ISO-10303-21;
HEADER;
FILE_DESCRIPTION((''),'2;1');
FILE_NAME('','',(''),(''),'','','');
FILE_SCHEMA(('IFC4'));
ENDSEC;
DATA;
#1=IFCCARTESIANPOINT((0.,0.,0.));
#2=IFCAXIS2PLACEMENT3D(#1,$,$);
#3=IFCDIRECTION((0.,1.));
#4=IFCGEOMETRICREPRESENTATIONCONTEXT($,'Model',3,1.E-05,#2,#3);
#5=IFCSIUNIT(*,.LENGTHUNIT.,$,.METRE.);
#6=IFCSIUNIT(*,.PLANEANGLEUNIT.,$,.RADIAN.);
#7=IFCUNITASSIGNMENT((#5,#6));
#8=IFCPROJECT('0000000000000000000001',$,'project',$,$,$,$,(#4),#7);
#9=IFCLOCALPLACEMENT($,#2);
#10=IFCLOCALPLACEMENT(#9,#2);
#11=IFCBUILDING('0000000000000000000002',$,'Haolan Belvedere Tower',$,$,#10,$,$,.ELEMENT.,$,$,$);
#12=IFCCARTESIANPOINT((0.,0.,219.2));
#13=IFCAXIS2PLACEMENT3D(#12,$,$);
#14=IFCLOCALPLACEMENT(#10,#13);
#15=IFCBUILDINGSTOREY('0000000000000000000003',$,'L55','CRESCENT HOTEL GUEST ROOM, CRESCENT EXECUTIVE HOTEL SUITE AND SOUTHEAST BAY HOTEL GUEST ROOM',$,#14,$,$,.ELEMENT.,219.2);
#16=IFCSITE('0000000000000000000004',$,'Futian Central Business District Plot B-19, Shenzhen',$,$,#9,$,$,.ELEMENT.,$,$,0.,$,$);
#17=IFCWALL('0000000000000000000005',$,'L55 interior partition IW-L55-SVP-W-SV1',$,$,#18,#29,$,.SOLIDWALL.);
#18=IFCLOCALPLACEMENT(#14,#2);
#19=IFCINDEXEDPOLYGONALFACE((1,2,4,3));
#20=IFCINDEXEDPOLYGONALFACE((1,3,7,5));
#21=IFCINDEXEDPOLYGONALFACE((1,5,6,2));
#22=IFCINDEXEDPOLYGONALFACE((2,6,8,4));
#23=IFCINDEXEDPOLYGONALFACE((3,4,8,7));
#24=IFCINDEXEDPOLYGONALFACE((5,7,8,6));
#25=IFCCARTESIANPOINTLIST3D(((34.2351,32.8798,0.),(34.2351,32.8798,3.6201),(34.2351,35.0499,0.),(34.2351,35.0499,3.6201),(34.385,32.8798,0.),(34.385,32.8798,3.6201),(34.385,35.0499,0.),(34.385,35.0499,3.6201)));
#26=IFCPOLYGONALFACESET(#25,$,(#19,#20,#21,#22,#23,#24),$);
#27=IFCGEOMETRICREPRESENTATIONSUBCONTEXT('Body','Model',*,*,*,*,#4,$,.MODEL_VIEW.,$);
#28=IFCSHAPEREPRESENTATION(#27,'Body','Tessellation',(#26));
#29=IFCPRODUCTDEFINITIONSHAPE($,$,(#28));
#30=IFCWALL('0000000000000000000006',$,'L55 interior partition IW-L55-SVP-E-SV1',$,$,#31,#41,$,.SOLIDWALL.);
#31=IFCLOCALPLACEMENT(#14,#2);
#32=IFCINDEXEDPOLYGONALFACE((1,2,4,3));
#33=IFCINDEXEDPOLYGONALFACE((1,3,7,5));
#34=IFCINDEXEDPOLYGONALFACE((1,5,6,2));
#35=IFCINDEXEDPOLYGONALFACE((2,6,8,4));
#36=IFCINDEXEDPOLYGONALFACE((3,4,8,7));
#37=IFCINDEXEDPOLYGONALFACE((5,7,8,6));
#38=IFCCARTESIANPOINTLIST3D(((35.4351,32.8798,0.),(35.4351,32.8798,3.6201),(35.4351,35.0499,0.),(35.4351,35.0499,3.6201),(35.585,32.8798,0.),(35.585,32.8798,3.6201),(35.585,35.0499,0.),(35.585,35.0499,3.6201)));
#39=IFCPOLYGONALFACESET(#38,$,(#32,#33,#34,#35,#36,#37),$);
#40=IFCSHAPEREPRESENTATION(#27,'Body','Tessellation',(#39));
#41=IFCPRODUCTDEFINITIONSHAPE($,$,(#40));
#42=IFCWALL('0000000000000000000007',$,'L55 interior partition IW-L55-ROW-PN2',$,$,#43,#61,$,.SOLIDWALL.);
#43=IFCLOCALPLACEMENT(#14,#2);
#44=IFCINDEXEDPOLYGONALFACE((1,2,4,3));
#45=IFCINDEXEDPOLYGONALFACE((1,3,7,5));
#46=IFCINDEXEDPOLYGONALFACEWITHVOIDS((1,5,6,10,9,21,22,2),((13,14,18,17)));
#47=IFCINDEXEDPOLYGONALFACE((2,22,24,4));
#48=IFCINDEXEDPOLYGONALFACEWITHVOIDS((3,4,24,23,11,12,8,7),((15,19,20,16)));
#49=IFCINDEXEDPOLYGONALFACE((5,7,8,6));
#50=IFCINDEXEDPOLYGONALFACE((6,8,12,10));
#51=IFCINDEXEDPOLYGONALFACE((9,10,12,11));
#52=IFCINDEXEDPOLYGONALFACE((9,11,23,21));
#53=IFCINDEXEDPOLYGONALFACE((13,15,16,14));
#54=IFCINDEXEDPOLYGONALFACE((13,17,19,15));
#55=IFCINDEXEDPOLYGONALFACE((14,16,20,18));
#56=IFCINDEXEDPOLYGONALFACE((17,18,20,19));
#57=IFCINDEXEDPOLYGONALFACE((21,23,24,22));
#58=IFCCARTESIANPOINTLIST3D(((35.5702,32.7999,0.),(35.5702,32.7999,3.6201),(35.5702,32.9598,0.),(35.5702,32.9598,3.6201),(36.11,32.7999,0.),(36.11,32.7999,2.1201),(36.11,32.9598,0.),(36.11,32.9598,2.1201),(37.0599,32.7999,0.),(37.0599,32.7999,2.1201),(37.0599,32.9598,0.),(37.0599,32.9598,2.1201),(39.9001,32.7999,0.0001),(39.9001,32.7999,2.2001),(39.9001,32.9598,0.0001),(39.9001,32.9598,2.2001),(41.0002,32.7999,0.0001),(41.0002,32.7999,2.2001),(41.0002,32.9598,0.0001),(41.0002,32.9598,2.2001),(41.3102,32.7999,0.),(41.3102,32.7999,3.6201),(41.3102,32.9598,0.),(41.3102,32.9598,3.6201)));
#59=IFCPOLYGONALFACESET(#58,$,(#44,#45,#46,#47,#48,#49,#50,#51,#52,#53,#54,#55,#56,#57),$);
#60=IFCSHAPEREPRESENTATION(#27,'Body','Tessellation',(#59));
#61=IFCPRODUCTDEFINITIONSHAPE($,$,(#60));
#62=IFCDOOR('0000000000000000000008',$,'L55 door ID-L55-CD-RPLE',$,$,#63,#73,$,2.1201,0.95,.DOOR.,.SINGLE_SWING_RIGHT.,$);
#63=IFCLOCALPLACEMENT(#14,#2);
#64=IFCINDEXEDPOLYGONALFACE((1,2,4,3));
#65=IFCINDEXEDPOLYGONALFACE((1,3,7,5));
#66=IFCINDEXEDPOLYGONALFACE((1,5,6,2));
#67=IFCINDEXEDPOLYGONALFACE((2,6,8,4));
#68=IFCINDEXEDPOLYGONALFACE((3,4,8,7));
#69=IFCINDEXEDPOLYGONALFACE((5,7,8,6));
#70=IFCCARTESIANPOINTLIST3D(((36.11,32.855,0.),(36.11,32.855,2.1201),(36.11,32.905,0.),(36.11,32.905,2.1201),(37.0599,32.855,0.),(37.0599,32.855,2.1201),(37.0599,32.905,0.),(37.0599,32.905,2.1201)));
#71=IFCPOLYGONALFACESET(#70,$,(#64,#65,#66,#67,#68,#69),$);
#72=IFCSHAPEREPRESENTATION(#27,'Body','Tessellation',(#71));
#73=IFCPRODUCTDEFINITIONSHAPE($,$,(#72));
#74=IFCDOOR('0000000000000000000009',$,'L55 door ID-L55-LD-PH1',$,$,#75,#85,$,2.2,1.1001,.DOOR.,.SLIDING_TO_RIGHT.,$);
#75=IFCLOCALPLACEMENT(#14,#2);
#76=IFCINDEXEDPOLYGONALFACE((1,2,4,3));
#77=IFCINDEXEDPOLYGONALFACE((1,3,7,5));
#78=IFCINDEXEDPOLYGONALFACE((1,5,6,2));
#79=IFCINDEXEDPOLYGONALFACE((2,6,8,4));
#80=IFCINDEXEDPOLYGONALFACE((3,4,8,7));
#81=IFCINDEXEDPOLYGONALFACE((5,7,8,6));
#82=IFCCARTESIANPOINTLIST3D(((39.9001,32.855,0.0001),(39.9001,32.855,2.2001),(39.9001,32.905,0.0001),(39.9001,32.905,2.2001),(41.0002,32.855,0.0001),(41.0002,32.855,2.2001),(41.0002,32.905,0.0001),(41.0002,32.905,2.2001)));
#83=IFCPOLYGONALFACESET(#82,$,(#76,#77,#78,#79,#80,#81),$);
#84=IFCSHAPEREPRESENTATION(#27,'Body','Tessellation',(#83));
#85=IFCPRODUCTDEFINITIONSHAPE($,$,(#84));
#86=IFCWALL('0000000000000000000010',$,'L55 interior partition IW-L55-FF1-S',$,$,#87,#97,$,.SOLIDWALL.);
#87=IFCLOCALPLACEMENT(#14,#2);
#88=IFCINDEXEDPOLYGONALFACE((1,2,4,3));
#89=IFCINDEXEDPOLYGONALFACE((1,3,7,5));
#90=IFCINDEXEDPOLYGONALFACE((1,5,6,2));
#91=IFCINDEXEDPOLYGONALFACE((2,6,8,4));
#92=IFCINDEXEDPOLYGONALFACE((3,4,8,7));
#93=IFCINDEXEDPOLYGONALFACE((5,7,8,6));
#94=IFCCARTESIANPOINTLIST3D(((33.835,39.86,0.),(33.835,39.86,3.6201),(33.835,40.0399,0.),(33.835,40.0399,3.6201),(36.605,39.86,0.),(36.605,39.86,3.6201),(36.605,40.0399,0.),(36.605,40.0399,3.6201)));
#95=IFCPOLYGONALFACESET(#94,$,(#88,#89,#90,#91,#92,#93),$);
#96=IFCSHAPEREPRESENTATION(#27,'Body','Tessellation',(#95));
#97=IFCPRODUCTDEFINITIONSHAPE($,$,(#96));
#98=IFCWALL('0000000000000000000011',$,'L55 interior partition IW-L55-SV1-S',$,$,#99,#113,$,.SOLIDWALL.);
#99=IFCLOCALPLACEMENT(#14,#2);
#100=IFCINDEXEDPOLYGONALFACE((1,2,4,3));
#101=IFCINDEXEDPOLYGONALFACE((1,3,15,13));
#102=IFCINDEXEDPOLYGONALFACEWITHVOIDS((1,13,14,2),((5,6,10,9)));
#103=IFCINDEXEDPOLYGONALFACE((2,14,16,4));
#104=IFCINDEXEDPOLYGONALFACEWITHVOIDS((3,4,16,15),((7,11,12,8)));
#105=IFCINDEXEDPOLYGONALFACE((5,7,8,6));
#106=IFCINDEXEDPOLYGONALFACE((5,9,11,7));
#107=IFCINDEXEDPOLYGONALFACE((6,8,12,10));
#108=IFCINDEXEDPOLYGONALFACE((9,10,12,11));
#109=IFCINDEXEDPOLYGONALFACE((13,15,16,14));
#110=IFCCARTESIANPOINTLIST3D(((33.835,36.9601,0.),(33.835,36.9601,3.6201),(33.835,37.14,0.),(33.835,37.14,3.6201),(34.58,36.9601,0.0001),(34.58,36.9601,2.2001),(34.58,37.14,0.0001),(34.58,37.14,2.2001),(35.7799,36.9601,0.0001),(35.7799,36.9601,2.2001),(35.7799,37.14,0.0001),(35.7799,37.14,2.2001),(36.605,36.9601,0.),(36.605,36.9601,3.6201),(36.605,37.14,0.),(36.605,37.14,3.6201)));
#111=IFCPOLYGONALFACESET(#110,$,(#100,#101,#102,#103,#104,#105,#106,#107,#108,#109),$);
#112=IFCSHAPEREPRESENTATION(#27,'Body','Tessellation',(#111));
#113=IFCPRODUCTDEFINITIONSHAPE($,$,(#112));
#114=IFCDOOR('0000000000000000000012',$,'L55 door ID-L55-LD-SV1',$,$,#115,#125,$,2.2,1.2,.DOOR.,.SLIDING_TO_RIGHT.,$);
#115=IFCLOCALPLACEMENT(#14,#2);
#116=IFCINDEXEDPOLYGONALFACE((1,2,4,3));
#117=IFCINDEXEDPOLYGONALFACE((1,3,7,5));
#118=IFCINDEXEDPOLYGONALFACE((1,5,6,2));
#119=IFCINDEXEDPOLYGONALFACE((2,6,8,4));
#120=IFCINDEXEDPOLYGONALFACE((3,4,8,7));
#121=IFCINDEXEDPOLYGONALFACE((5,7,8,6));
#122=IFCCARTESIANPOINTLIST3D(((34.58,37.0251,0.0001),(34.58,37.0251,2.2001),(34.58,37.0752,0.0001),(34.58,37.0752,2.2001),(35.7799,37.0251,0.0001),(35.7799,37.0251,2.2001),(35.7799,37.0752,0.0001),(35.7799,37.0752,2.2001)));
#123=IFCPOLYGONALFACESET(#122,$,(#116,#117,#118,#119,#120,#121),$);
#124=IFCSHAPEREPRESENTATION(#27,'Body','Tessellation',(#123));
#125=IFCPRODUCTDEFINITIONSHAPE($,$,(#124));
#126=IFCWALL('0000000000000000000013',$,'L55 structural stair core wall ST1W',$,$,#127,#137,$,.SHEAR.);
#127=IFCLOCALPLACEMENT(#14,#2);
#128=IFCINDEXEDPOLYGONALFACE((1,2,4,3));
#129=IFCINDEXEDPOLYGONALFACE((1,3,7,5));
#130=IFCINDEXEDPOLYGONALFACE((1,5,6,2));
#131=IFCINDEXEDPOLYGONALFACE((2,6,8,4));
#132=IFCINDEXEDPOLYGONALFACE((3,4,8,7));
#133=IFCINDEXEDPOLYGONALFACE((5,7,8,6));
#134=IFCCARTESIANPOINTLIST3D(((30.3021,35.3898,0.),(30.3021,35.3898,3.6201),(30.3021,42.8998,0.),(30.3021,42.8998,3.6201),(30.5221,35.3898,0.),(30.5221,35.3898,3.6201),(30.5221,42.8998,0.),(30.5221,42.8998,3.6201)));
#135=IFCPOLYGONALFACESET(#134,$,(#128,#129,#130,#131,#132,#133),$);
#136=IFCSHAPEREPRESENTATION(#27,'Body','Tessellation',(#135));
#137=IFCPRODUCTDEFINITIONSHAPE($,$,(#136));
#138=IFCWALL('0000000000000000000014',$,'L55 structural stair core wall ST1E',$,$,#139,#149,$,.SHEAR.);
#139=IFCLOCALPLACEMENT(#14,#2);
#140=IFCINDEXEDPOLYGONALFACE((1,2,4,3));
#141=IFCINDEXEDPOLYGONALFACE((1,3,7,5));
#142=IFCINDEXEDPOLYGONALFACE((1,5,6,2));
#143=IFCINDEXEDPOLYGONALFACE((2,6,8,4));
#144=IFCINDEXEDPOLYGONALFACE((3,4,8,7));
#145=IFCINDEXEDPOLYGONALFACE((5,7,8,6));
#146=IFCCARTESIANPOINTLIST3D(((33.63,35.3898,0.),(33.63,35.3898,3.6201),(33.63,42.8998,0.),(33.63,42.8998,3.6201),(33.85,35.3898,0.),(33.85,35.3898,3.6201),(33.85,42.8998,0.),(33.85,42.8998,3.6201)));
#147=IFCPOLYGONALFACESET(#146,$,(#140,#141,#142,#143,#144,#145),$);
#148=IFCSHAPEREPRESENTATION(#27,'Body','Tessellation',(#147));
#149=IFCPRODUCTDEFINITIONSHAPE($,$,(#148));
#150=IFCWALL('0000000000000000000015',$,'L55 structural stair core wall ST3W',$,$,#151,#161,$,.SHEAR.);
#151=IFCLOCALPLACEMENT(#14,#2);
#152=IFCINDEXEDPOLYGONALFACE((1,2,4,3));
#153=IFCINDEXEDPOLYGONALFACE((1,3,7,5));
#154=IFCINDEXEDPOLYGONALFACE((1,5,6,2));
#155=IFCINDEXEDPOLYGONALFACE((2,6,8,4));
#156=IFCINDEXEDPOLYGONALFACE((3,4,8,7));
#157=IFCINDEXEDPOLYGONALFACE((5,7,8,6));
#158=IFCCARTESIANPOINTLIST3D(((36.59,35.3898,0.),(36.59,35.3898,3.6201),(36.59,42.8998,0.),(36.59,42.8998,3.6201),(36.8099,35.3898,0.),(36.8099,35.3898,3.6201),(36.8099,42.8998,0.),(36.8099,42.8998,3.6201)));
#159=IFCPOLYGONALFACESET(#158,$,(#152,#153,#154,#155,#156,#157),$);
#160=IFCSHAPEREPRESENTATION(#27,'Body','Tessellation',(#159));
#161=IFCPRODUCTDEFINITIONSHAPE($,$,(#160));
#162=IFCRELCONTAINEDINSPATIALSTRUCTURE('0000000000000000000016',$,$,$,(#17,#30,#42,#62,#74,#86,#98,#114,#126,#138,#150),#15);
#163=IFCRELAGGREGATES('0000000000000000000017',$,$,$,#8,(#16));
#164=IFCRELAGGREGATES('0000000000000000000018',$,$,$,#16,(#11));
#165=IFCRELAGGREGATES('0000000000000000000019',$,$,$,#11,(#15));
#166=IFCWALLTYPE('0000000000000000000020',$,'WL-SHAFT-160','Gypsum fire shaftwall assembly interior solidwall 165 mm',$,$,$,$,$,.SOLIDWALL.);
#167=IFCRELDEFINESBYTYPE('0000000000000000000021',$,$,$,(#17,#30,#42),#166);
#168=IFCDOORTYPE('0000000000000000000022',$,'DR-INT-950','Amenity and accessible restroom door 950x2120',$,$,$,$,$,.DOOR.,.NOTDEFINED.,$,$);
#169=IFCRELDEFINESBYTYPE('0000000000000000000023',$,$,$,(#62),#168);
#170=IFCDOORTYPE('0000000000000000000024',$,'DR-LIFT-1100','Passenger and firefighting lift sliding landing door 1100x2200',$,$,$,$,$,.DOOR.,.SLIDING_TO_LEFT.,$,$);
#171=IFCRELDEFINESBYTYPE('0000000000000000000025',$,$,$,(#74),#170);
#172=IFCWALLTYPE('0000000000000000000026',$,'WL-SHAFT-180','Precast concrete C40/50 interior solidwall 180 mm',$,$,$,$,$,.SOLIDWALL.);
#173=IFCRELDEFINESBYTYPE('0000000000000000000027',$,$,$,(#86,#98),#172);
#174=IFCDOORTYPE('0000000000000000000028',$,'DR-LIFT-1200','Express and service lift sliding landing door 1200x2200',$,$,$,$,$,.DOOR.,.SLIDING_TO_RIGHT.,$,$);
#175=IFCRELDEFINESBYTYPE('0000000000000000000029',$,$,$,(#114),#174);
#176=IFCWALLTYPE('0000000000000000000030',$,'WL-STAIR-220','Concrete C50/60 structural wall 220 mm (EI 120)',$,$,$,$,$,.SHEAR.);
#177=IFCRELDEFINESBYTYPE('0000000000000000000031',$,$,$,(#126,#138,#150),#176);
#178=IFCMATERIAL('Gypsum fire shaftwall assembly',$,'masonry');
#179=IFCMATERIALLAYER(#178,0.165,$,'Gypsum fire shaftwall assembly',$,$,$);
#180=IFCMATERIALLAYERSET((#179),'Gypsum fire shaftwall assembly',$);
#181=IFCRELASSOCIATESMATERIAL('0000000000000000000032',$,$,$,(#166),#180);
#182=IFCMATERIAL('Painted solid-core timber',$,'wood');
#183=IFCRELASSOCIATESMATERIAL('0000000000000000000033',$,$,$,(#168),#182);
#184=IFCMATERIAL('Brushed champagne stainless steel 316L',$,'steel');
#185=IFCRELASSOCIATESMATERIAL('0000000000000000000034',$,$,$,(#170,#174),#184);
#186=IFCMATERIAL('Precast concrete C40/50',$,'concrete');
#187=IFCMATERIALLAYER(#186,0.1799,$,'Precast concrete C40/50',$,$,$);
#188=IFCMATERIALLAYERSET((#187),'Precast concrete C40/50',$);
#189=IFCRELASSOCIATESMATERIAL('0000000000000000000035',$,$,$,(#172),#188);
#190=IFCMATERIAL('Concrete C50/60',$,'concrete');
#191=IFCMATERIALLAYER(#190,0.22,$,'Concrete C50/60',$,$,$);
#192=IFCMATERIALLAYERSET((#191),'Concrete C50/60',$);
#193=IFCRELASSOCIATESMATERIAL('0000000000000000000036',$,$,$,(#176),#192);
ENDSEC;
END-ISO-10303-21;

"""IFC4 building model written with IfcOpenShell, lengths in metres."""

from ifc_helpers import new_model, si_unit, direction, frame, frame_2d, origin, place, context, subcontext, project, spatial, rectangle, extrude, material, layer, layer_set, type_object, element, fill, save


model = new_model("IFC4")

# Units and contexts
model_context = context("Model", 3, precision=1e-05, world=origin(), true_north=direction((0.0, 1.0)))
body_context = subcontext(model_context, "Body", "Model", "MODEL_VIEW")
ifc_project = project(units=[si_unit("LENGTHUNIT", "METRE"), si_unit("PLANEANGLEUNIT", "RADIAN")], contexts=[model_context])

# Site, building, storey
site_placement = place(None, origin())
site = spatial("IfcSite", under=ifc_project, at=site_placement, Name="Futian Central Business District Plot B-19, Shenzhen", CompositionType="ELEMENT", RefElevation=0.0)
building_placement = place(site_placement, origin())
building = spatial("IfcBuilding", under=site, at=building_placement, Name="Haolan Belvedere Tower", CompositionType="ELEMENT")
storey_placement = place(building_placement, frame((0.0, 0.0, 219.2)))
storey = spatial("IfcBuildingStorey", under=building, at=storey_placement, Name="L55", Description="CRESCENT HOTEL GUEST ROOM, CRESCENT EXECUTIVE HOTEL SUITE AND SOUTHEAST BAY HOTEL GUEST ROOM", CompositionType="ELEMENT", Elevation=219.2)

# Walls
ifc_material_1 = material(Name="Gypsum fire shaftwall assembly", Category="masonry")
ifc_layer_1 = layer(ifc_material_1, 0.165, Name="Gypsum fire shaftwall assembly")
ifc_layer_set_1 = layer_set([ifc_layer_1], Name="Gypsum fire shaftwall assembly")
wall_type_1 = type_object("IfcWallType", Name="WL-SHAFT-160", Description="Gypsum fire shaftwall assembly interior solidwall 165 mm", PredefinedType="SOLIDWALL", material=ifc_layer_set_1)
for number, where, z_axis, x_axis, name in (
    (1, (34.3101, 32.8799, 0.0), (0.0, 0.0, 1.0), (0.0, 1.0, 0.0), "L55 interior partition IW-L55-SVP-W-SV1"),
    (2, (35.51, 32.8799, 0.0), (0.0, 0.0, 1.0), (0.0, 1.0, 0.0), "L55 interior partition IW-L55-SVP-E-SV1"),
):
    element("IfcWall", number, at=place(storey_placement, frame(where, z_axis=z_axis, x_axis=x_axis)), inside=storey, type_object=wall_type_1, Name=name, PredefinedType="SOLIDWALL", context=body_context, shape_type="SweptSolid", body=[
        extrude(rectangle(XDim=2.1702, YDim=0.1499, at=frame_2d((1.085, 0.0))), origin(), (0.0, 0.0, 1.0), 3.6201),
    ])

# Wall, openings, doors
wall_1_placement = place(storey_placement, frame((35.5701, 32.8799, 0.0), z_axis=(0.0, 0.0, 1.0), x_axis=(1.0, 0.0, 0.0)))
wall_1 = element("IfcWall", 3, at=wall_1_placement, inside=storey, type_object=wall_type_1, Name="L55 interior partition IW-L55-ROW-PN2", PredefinedType="SOLIDWALL", context=body_context, shape_type="SweptSolid", body=[
    extrude(rectangle(XDim=5.74, YDim=0.1599, at=frame_2d((2.8701, 0.0))), origin(), (0.0, 0.0, 1.0), 3.6201),
])
opening_1_placement = place(wall_1_placement, frame((1.49, 0.0, 0.0), z_axis=(0.0, 0.0, 1.0), x_axis=(-1.0, 0.0, 0.0)))
opening_1 = element("IfcOpeningElement", 4, at=opening_1_placement, cuts=wall_1, PredefinedType="OPENING", context=body_context, shape_type="SweptSolid", body=[
    extrude(rectangle(XDim=0.95, YDim=2.1201, at=frame_2d((0.4751, 1.0601))), frame((0.0, 0.0898, 0.0), z_axis=(0.0, -1.0, 0.0), x_axis=(1.0, 0.0, 0.0)), (0.0, 0.0, 1.0), 0.1799),
])
opening_2_placement = place(wall_1_placement, frame((5.4302, 0.0, 0.0), z_axis=(0.0, 0.0, 1.0), x_axis=(-1.0, 0.0, 0.0)))
opening_2 = element("IfcOpeningElement", 5, at=opening_2_placement, cuts=wall_1, PredefinedType="OPENING", context=body_context, shape_type="SweptSolid", body=[
    extrude(rectangle(XDim=1.1001, YDim=2.2, at=frame_2d((0.55, 1.1001))), frame((0.0, 0.0898, 0.0), z_axis=(0.0, -1.0, 0.0), x_axis=(1.0, 0.0, 0.0)), (0.0, 0.0, 1.0), 0.1799),
])
ifc_material_2 = material(Name="Painted solid-core timber", Category="wood")
door_type_1 = type_object("IfcDoorType", Name="DR-INT-950", Description="Amenity and accessible restroom door 950x2120", OperationType="NOTDEFINED", PredefinedType="DOOR", material=ifc_material_2)
door_1_placement = place(opening_1_placement, origin())
door_1 = element("IfcDoor", 6, at=door_1_placement, inside=storey, type_object=door_type_1, Name="L55 door ID-L55-CD-RPLE", OperationType="SINGLE_SWING_RIGHT", OverallHeight=2.1201, OverallWidth=0.95, PredefinedType="DOOR", context=body_context, shape_type="SweptSolid", body=[
    extrude(rectangle(XDim=0.95, YDim=2.1201, at=frame_2d((0.4751, 1.0601))), frame((0.0, 0.0249, 0.0), z_axis=(0.0, -1.0, 0.0), x_axis=(1.0, 0.0, 0.0)), (0.0, 0.0, 1.0), 0.05),
])
fill(opening_1, door_1)
ifc_material_3 = material(Name="Brushed champagne stainless steel 316L", Category="steel")
door_type_2 = type_object("IfcDoorType", Name="DR-LIFT-1100", Description="Passenger and firefighting lift sliding landing door 1100x2200", OperationType="SLIDING_TO_LEFT", PredefinedType="DOOR", material=ifc_material_3)
door_2_placement = place(opening_2_placement, origin())
door_2 = element("IfcDoor", 7, at=door_2_placement, inside=storey, type_object=door_type_2, Name="L55 door ID-L55-LD-PH1", OperationType="SLIDING_TO_RIGHT", OverallHeight=2.2, OverallWidth=1.1001, PredefinedType="DOOR", context=body_context, shape_type="SweptSolid", body=[
    extrude(rectangle(XDim=1.1001, YDim=2.2, at=frame_2d((0.55, 1.1001))), frame((0.0, 0.0249, 0.0), z_axis=(0.0, -1.0, 0.0), x_axis=(1.0, 0.0, 0.0)), (0.0, 0.0, 1.0), 0.05),
])
fill(opening_2, door_2)

# Wall
ifc_material_4 = material(Name="Precast concrete C40/50", Category="concrete")
ifc_layer_2 = layer(ifc_material_4, 0.1799, Name="Precast concrete C40/50")
ifc_layer_set_2 = layer_set([ifc_layer_2], Name="Precast concrete C40/50")
wall_type_2 = type_object("IfcWallType", Name="WL-SHAFT-180", Description="Precast concrete C40/50 interior solidwall 180 mm", PredefinedType="SOLIDWALL", material=ifc_layer_set_2)
wall_2_placement = place(storey_placement, frame((33.835, 39.95, 0.0), z_axis=(0.0, 0.0, 1.0), x_axis=(1.0, 0.0, 0.0)))
element("IfcWall", 8, at=wall_2_placement, inside=storey, type_object=wall_type_2, Name="L55 interior partition IW-L55-FF1-S", PredefinedType="SOLIDWALL", context=body_context, shape_type="SweptSolid", body=[
    extrude(rectangle(XDim=2.77, YDim=0.1799, at=frame_2d((1.385, 0.0))), origin(), (0.0, 0.0, 1.0), 3.6201),
])

# Wall, opening, door
wall_3_placement = place(storey_placement, frame((33.835, 37.05, 0.0), z_axis=(0.0, 0.0, 1.0), x_axis=(1.0, 0.0, 0.0)))
wall_3 = element("IfcWall", 9, at=wall_3_placement, inside=storey, type_object=wall_type_2, Name="L55 interior partition IW-L55-SV1-S", PredefinedType="SOLIDWALL", context=body_context, shape_type="SweptSolid", body=[
    extrude(rectangle(XDim=2.77, YDim=0.1799, at=frame_2d((1.385, 0.0))), origin(), (0.0, 0.0, 1.0), 3.6201),
])
opening_3_placement = place(wall_3_placement, frame((1.9451, 0.0, 0.0), z_axis=(0.0, 0.0, 1.0), x_axis=(-1.0, 0.0, 0.0)))
opening_3 = element("IfcOpeningElement", 10, at=opening_3_placement, cuts=wall_3, PredefinedType="OPENING", context=body_context, shape_type="SweptSolid", body=[
    extrude(rectangle(XDim=1.2, YDim=2.2, at=frame_2d((0.6001, 1.1001))), frame((0.0, 0.0999, 0.0), z_axis=(0.0, -1.0, 0.0), x_axis=(1.0, 0.0, 0.0)), (0.0, 0.0, 1.0), 0.2),
])
door_type_3 = type_object("IfcDoorType", Name="DR-LIFT-1200", Description="Express and service lift sliding landing door 1200x2200", OperationType="SLIDING_TO_RIGHT", PredefinedType="DOOR", material=ifc_material_3)
door_3_placement = place(opening_3_placement, origin())
door_3 = element("IfcDoor", 11, at=door_3_placement, inside=storey, type_object=door_type_3, Name="L55 door ID-L55-LD-SV1", OperationType="SLIDING_TO_RIGHT", OverallHeight=2.2, OverallWidth=1.2, PredefinedType="DOOR", context=body_context, shape_type="SweptSolid", body=[
    extrude(rectangle(XDim=1.2, YDim=2.2, at=frame_2d((0.6001, 1.1001))), frame((0.0, 0.0249, 0.0), z_axis=(0.0, -1.0, 0.0), x_axis=(1.0, 0.0, 0.0)), (0.0, 0.0, 1.0), 0.05),
])
fill(opening_3, door_3)

# Walls
ifc_material_5 = material(Name="Concrete C50/60", Category="concrete")
ifc_layer_3 = layer(ifc_material_5, 0.22, Name="Concrete C50/60")
ifc_layer_set_3 = layer_set([ifc_layer_3], Name="Concrete C50/60")
wall_type_3 = type_object("IfcWallType", Name="WL-STAIR-220", Description="Concrete C50/60 structural wall 220 mm (EI 120)", PredefinedType="SHEAR", material=ifc_layer_set_3)
for number, where, z_axis, x_axis, name in (
    (12, (30.4121, 35.3899, 0.0), (0.0, 0.0, 1.0), (0.0, 1.0, 0.0), "L55 structural stair core wall ST1W"),
    (13, (33.74, 35.3899, 0.0), (0.0, 0.0, 1.0), (0.0, 1.0, 0.0), "L55 structural stair core wall ST1E"),
    (14, (36.7, 35.3899, 0.0), (0.0, 0.0, 1.0), (0.0, 1.0, 0.0), "L55 structural stair core wall ST3W"),
):
    element("IfcWall", number, at=place(storey_placement, frame(where, z_axis=z_axis, x_axis=x_axis)), inside=storey, type_object=wall_type_3, Name=name, PredefinedType="SHEAR", context=body_context, shape_type="SweptSolid", body=[
        extrude(rectangle(XDim=7.51, YDim=0.22, at=frame_2d((3.7549, 0.0))), origin(), (0.0, 0.0, 1.0), 3.6201),
    ])

save(model, "model.ifc")
